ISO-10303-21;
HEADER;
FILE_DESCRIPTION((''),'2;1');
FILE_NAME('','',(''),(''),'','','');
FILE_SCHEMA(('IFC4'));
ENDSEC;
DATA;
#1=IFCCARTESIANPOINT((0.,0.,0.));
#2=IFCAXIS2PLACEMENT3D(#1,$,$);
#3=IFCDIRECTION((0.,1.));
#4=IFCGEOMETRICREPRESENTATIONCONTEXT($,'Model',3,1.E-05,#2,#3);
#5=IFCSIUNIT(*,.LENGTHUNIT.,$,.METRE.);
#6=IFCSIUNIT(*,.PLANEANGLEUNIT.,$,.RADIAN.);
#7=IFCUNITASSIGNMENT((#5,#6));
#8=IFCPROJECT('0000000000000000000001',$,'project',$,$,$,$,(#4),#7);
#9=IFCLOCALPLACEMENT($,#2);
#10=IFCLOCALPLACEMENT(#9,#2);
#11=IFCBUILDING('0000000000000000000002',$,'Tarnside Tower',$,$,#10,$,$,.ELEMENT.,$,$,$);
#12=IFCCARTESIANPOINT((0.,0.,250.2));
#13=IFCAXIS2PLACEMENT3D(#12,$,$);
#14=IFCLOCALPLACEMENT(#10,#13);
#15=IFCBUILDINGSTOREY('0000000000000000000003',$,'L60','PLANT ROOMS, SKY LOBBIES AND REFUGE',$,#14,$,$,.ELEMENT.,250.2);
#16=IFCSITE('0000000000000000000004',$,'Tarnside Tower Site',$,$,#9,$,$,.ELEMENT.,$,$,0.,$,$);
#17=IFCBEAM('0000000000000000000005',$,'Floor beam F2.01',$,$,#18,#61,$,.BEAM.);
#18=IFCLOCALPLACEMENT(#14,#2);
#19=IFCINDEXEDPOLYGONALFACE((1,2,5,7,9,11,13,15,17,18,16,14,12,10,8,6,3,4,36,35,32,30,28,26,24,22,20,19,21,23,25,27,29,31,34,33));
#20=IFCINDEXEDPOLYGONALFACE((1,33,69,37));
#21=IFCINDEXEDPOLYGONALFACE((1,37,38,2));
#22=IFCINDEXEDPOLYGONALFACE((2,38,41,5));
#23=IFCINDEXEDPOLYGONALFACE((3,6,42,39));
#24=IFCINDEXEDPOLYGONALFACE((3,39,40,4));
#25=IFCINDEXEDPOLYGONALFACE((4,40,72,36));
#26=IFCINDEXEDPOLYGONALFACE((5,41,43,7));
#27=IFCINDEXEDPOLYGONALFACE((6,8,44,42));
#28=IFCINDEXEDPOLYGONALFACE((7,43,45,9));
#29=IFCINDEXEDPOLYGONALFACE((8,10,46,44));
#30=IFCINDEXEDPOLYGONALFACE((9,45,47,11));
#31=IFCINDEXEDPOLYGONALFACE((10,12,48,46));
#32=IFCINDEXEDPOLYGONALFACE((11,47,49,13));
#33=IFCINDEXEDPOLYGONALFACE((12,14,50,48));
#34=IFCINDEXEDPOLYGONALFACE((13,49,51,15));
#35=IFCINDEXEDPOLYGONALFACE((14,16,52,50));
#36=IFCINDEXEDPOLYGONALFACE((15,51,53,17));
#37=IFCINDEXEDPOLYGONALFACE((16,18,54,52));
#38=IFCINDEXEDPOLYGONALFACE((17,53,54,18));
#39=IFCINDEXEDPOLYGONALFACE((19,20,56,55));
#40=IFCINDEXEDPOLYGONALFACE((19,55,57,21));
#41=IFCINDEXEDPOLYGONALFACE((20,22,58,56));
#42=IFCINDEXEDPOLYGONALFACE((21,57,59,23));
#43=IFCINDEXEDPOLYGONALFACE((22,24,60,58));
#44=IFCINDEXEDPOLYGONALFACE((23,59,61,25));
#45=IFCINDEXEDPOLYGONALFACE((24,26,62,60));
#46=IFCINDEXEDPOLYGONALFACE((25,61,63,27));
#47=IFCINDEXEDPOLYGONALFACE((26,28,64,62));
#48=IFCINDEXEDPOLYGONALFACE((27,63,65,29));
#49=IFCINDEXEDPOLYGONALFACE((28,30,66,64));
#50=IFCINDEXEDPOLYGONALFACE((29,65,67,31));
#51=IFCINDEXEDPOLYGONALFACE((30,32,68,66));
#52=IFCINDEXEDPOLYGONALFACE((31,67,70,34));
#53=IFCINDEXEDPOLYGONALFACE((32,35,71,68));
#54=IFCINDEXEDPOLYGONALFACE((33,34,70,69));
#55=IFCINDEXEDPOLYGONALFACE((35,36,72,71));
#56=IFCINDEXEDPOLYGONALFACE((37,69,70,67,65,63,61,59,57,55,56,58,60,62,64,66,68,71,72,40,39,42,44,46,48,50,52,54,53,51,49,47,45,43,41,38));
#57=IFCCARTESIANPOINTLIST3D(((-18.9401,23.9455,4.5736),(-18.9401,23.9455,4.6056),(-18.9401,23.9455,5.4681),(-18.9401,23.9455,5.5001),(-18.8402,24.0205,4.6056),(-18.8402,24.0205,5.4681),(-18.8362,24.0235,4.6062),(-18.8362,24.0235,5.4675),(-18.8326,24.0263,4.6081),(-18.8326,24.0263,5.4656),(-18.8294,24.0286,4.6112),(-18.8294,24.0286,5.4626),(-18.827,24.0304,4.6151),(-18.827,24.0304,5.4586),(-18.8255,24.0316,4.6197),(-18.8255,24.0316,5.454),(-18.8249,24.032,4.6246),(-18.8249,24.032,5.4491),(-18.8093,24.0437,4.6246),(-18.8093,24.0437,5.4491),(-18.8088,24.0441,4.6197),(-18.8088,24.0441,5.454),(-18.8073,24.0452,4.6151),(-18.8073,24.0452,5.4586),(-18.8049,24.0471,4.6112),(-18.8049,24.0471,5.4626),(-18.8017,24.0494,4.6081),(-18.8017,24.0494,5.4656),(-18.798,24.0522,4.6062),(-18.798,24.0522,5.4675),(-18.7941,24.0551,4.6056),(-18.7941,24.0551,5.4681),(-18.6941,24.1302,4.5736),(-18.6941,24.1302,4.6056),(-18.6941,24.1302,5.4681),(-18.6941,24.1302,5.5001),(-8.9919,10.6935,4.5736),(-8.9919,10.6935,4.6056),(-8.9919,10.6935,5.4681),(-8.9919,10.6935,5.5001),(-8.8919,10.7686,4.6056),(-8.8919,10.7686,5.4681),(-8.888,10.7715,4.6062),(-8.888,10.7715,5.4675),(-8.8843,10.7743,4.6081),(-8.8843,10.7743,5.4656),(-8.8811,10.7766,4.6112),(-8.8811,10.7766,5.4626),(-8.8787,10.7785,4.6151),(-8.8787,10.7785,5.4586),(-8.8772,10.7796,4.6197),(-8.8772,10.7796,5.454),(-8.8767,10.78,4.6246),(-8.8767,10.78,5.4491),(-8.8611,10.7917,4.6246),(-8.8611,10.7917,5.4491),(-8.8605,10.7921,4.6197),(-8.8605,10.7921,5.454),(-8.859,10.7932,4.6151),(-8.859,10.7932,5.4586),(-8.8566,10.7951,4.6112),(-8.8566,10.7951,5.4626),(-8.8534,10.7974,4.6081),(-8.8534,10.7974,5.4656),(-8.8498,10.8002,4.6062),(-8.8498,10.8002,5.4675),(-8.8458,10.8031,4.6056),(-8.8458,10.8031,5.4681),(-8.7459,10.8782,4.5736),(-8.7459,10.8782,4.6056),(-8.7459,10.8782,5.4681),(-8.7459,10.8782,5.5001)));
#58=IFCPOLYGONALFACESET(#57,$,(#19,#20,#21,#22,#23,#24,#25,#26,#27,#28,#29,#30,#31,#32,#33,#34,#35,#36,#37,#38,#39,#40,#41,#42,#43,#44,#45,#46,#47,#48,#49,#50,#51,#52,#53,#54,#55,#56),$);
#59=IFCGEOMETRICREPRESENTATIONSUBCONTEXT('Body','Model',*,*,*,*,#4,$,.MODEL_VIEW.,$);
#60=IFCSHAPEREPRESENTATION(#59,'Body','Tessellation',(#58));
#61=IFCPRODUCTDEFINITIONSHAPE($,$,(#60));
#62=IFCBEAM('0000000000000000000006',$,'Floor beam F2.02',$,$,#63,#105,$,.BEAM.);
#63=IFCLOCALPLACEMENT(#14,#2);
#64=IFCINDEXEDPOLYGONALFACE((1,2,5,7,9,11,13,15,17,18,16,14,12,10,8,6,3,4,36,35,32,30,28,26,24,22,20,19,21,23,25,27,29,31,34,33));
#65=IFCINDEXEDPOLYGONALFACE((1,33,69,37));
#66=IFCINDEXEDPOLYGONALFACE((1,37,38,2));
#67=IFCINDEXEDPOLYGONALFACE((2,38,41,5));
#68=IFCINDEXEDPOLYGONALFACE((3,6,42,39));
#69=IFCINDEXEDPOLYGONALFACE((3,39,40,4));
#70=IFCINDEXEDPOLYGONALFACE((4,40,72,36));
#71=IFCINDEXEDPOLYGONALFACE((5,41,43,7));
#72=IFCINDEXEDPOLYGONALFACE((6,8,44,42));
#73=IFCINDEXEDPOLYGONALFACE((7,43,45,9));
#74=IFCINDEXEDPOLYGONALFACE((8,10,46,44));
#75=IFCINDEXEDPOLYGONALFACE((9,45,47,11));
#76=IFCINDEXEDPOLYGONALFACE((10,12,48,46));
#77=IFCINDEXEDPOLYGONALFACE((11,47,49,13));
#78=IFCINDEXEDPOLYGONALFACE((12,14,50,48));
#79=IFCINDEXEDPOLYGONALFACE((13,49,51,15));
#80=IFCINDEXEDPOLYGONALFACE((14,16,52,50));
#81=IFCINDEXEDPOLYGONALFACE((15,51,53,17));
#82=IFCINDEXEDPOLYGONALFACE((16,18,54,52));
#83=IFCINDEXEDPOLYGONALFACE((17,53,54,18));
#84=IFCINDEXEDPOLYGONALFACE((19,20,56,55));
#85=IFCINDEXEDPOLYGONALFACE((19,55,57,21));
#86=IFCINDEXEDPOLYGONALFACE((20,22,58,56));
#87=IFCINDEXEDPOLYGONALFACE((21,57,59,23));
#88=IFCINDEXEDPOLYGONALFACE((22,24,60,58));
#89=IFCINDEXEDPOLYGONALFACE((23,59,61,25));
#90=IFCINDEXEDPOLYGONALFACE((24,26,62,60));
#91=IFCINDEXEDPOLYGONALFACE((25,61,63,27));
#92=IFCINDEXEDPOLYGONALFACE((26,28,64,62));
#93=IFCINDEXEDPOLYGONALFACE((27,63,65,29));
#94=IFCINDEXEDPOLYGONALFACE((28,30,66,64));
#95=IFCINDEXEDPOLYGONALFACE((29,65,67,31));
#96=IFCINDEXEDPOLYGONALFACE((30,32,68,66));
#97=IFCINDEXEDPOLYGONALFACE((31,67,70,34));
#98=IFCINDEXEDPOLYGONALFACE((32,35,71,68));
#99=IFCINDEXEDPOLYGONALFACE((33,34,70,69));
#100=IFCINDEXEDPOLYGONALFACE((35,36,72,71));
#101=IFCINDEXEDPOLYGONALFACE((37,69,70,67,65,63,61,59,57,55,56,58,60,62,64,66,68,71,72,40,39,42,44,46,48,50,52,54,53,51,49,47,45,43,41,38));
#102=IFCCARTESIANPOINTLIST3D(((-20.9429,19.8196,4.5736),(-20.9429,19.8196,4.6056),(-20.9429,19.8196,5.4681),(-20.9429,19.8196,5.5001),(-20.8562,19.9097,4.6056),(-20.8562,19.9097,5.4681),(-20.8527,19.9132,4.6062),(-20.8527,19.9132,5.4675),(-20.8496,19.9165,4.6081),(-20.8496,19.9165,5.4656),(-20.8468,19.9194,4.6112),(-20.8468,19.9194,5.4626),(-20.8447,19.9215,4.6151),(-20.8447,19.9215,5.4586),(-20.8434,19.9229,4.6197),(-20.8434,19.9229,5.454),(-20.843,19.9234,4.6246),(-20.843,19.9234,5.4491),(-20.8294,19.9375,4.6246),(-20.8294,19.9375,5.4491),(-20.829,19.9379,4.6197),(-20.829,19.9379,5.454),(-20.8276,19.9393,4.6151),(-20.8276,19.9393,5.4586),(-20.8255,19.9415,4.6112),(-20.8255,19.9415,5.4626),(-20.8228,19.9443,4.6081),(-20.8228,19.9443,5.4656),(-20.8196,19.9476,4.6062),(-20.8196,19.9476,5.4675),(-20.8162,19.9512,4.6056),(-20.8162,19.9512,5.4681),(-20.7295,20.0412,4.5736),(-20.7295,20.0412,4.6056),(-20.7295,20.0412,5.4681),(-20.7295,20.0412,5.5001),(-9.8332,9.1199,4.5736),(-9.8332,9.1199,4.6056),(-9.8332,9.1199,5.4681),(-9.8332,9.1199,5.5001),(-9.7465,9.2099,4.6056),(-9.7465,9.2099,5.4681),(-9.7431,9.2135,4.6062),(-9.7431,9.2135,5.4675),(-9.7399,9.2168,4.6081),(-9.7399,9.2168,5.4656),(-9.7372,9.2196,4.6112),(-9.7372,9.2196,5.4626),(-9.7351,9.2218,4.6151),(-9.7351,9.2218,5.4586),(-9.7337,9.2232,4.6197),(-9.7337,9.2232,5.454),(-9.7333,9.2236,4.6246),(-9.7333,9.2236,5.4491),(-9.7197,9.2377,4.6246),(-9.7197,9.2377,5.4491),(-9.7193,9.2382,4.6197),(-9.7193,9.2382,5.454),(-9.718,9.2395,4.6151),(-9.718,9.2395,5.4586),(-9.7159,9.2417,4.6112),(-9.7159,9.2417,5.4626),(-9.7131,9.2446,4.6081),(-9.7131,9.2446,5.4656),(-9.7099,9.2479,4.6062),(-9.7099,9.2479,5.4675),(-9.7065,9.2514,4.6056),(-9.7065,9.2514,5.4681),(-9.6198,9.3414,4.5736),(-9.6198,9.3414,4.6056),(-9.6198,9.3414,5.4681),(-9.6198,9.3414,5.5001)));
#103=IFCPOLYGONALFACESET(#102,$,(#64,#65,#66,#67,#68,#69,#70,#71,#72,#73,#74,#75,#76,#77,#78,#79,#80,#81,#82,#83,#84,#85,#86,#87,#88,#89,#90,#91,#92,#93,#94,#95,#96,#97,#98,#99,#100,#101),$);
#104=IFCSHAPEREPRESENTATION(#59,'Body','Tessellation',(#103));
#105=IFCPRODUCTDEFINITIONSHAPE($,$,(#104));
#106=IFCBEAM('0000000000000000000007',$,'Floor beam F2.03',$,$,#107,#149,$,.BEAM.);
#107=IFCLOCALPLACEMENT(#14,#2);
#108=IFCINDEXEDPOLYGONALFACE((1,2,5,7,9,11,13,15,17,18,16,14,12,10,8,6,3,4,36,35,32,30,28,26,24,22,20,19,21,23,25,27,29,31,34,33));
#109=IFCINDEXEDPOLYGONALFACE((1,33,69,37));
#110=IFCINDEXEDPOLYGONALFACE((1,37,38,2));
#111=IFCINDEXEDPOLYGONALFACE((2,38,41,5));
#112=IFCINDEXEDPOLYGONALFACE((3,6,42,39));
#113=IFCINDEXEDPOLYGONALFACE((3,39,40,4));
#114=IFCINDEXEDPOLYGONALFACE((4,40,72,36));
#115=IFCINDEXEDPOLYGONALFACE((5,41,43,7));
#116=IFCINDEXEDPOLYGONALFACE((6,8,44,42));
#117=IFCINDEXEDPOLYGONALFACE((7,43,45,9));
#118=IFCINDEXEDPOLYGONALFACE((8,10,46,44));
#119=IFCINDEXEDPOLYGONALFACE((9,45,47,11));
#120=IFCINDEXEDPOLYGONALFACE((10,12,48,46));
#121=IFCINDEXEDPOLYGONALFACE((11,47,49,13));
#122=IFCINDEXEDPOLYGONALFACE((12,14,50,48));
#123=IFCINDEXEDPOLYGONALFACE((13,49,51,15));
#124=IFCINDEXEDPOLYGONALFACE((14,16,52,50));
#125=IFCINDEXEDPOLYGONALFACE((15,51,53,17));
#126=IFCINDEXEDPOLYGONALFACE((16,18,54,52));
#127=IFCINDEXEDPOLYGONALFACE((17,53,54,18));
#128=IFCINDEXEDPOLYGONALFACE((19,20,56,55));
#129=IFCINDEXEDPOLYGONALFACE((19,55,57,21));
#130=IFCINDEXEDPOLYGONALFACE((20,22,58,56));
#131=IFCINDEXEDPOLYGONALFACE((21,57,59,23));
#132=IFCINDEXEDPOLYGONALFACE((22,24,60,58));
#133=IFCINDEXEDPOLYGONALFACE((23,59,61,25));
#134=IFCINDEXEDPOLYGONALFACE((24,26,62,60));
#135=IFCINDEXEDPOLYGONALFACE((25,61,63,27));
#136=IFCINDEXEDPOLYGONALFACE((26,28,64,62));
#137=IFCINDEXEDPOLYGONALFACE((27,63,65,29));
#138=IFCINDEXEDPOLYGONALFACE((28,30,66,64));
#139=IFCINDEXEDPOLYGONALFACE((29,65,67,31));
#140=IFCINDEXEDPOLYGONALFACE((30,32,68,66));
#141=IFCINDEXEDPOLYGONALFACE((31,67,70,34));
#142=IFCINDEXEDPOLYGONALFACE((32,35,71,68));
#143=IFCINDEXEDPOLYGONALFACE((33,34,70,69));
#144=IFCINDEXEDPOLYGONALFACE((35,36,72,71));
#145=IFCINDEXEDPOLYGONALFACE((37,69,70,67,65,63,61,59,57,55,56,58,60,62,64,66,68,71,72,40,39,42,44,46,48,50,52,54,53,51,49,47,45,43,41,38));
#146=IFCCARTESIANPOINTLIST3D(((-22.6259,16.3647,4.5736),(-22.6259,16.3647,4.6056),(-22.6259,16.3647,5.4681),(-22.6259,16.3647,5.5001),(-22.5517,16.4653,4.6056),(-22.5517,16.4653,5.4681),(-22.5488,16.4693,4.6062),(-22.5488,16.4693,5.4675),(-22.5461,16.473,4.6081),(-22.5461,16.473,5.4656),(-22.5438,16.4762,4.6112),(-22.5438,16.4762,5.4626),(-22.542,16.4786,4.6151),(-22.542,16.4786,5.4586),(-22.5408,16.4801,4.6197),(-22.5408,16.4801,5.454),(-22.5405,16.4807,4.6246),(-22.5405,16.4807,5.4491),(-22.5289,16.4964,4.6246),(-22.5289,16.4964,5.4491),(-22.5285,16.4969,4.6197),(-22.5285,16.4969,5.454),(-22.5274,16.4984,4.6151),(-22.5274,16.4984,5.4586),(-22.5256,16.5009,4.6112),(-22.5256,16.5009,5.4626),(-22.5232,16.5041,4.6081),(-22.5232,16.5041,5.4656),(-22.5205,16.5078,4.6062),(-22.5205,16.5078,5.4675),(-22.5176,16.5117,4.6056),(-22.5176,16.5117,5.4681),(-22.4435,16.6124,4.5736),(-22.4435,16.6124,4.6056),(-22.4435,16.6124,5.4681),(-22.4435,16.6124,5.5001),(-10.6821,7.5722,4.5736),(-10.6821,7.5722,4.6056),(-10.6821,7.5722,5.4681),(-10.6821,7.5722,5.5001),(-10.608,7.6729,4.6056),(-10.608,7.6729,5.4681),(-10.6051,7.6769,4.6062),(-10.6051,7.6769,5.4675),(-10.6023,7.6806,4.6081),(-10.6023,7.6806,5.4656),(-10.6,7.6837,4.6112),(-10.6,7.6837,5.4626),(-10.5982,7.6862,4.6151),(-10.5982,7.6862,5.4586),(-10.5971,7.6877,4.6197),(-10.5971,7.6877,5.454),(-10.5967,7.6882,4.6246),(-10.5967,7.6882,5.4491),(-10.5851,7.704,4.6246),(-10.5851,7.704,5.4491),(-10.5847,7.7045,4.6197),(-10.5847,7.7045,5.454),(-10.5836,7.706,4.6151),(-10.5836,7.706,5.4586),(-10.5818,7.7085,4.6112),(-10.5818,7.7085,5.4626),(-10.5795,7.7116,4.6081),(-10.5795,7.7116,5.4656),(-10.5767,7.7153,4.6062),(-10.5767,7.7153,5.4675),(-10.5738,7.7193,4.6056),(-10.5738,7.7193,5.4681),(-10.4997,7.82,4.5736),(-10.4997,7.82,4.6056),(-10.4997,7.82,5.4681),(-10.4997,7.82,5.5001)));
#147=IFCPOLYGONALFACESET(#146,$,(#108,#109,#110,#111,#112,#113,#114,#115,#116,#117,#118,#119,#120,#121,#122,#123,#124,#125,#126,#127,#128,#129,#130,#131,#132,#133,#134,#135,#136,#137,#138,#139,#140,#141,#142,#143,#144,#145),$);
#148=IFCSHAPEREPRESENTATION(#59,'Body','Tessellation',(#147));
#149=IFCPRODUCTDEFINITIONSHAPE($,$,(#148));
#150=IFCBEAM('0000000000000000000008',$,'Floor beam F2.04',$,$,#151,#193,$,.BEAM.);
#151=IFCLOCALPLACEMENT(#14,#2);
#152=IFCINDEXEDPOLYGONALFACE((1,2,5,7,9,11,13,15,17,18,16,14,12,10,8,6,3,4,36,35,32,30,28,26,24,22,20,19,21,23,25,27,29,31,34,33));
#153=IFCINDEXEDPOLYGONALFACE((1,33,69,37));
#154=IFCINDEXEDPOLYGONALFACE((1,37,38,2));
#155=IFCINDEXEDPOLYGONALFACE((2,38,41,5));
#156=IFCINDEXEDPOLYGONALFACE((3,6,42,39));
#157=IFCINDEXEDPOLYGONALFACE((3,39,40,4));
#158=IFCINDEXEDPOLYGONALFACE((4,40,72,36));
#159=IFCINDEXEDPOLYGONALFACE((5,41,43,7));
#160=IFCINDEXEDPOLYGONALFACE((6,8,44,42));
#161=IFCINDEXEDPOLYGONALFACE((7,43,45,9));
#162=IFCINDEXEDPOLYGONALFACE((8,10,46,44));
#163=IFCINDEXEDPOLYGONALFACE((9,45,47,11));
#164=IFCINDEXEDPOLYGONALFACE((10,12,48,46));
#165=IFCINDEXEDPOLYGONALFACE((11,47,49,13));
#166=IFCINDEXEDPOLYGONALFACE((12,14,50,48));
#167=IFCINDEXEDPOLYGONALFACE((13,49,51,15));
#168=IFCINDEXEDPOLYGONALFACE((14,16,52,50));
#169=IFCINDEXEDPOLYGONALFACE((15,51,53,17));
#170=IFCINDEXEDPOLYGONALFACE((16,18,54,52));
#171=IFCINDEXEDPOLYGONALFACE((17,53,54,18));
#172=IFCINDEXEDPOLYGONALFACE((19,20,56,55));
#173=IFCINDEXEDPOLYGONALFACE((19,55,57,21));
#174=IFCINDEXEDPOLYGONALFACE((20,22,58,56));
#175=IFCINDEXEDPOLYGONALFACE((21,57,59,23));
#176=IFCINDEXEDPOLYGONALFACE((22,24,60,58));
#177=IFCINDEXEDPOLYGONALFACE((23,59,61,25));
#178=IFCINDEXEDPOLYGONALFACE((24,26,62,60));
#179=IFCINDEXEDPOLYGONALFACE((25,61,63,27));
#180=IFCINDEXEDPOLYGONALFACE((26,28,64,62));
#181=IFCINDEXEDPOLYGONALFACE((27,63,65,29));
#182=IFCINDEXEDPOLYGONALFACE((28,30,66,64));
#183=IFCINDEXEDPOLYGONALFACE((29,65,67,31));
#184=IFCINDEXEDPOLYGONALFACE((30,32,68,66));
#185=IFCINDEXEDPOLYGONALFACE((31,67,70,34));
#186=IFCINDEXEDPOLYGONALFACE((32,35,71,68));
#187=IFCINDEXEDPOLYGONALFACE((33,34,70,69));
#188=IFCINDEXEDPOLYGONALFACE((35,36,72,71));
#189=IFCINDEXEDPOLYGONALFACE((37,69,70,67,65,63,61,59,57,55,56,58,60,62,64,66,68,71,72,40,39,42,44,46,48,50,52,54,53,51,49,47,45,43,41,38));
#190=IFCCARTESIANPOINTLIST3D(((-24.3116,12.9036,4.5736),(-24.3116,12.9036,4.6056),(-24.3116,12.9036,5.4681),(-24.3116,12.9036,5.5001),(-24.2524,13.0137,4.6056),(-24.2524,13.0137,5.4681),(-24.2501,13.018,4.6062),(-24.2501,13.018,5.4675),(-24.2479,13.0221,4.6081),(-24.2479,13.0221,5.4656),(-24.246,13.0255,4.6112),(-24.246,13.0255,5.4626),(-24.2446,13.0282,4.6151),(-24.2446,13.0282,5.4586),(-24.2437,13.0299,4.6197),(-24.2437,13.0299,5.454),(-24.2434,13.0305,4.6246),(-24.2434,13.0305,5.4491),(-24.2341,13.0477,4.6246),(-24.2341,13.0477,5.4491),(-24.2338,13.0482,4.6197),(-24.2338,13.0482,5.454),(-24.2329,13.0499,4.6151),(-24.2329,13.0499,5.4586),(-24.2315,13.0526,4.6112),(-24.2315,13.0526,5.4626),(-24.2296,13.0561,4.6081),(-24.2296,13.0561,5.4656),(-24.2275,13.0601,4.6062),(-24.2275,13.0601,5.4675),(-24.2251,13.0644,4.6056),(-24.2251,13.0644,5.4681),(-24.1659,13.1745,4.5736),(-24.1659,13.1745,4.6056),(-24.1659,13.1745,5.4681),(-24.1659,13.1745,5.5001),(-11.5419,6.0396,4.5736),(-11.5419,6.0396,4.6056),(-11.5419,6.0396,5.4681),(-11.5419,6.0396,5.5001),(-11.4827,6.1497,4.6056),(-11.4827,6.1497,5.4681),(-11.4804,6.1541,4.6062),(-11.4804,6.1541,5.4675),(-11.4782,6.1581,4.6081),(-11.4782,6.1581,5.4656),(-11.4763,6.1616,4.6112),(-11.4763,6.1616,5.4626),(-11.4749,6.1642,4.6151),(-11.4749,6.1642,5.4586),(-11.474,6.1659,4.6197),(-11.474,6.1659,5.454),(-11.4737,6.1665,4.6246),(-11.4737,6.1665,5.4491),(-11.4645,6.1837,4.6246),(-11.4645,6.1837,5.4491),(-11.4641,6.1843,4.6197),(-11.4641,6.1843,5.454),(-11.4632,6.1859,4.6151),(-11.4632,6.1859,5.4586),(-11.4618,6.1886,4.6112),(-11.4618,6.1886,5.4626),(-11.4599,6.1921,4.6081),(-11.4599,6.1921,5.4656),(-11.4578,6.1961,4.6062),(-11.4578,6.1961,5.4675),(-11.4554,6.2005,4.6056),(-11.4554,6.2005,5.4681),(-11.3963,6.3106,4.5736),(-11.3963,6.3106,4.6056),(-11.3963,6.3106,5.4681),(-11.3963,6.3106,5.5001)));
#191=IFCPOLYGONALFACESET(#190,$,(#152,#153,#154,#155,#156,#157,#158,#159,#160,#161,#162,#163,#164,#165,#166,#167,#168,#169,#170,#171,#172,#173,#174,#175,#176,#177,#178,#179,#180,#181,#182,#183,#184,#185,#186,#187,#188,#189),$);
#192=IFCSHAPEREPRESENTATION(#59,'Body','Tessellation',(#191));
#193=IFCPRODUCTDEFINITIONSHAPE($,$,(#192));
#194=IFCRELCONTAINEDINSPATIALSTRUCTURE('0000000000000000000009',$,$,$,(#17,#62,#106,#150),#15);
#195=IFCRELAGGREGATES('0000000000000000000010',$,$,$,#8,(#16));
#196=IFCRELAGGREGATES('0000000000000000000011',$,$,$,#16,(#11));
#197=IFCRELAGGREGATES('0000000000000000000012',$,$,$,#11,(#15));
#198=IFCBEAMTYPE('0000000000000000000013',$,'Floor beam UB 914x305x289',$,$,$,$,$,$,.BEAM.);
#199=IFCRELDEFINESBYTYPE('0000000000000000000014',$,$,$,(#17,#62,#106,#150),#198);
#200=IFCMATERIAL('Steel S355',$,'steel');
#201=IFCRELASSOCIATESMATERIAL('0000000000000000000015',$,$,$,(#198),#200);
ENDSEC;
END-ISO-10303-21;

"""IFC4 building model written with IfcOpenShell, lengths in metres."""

from ifc_helpers import new_model, si_unit, direction, frame, origin, origin_2d, place, context, subcontext, project, spatial, i_section, extrude, material, material_profile, profile_set, type_object, element, save


model = new_model("IFC4")

# Units and contexts
model_context = context("Model", 3, precision=1e-05, world=origin(), true_north=direction((0.0, 1.0)))
body_context = subcontext(model_context, "Body", "Model", "MODEL_VIEW")
ifc_project = project(units=[si_unit("LENGTHUNIT", "METRE"), si_unit("PLANEANGLEUNIT", "RADIAN")], contexts=[model_context])

# Site, building, storey
site_placement = place(None, origin())
site = spatial("IfcSite", under=ifc_project, at=site_placement, Name="Tarnside Tower Site", CompositionType="ELEMENT", RefElevation=0.0)
building_placement = place(site_placement, origin())
building = spatial("IfcBuilding", under=site, at=building_placement, Name="Tarnside Tower", CompositionType="ELEMENT")
storey_placement = place(building_placement, frame((0.0, 0.0, 250.2)))
storey = spatial("IfcBuildingStorey", under=building, at=storey_placement, Name="L60", Description="PLANT ROOMS, SKY LOBBIES AND REFUGE", CompositionType="ELEMENT", Elevation=250.2)

# Beams
ifc_material_1 = material(Name="Steel S355", Category="steel")
ifc_material_profile_1 = material_profile(ifc_material_1, i_section(OverallWidth=0.3076, OverallDepth=0.9265, WebThickness=0.0195, FlangeThickness=0.032, FilletRadius=0.019, at=origin_2d()), Name="UB 914x305x289")
ifc_profile_set_1 = profile_set([ifc_material_profile_1], Name="Steel S355")
beam_type = type_object("IfcBeamType", Name="Floor beam UB 914x305x289", PredefinedType="BEAM", material=ifc_profile_set_1)
beam_1_placement = place(storey_placement, frame((-18.8171, 24.0378, 5.0369), z_axis=(0.600358, -0.799731, 0.0), x_axis=(0.799731, 0.600358, 0.0)))
element("IfcBeam", 1, at=beam_1_placement, inside=storey, type_object=beam_type, Name="Floor beam F2.01", PredefinedType="BEAM", context=body_context, shape_type="SweptSolid", body=[
    extrude(i_section(OverallWidth=0.3076, OverallDepth=0.9265, WebThickness=0.0195, FlangeThickness=0.032, FilletRadius=0.019, at=origin_2d()), origin(), (0.0, 0.0, 1.0), 16.5706),
])
beam_2_placement = place(storey_placement, frame((-20.8362, 19.9304, 5.0369), z_axis=(0.72027, -0.693694, 0.0), x_axis=(0.693694, 0.72027, 0.0)))
element("IfcBeam", 2, at=beam_2_placement, inside=storey, type_object=beam_type, Name="Floor beam F2.02", PredefinedType="BEAM", context=body_context, shape_type="SweptSolid", body=[
    extrude(i_section(OverallWidth=0.3076, OverallDepth=0.9265, WebThickness=0.0195, FlangeThickness=0.032, FilletRadius=0.019, at=origin_2d()), origin(), (0.0, 0.0, 1.0), 15.4243),
])
beam_3_placement = place(storey_placement, frame((-22.5347, 16.4885, 5.0369), z_axis=(0.805321, -0.592838, 0.0), x_axis=(0.592838, 0.805321, 0.0)))
element("IfcBeam", 3, at=beam_3_placement, inside=storey, type_object=beam_type, Name="Floor beam F2.03", PredefinedType="BEAM", context=body_context, shape_type="SweptSolid", body=[
    extrude(i_section(OverallWidth=0.3076, OverallDepth=0.9265, WebThickness=0.0195, FlangeThickness=0.032, FilletRadius=0.019, at=origin_2d()), origin(), (0.0, 0.0, 1.0), 14.8311),
])
beam_4_placement = place(storey_placement, frame((-24.2388, 13.0391, 5.0369), z_axis=(0.880817, -0.473457, 0.0), x_axis=(0.473457, 0.880817, 0.0)))
element("IfcBeam", 4, at=beam_4_placement, inside=storey, type_object=beam_type, Name="Floor beam F2.04", PredefinedType="BEAM", context=body_context, shape_type="SweptSolid", body=[
    extrude(i_section(OverallWidth=0.3076, OverallDepth=0.9265, WebThickness=0.0195, FlangeThickness=0.032, FilletRadius=0.019, at=origin_2d()), origin(), (0.0, 0.0, 1.0), 14.4976),
])

save(model, "model.ifc")
